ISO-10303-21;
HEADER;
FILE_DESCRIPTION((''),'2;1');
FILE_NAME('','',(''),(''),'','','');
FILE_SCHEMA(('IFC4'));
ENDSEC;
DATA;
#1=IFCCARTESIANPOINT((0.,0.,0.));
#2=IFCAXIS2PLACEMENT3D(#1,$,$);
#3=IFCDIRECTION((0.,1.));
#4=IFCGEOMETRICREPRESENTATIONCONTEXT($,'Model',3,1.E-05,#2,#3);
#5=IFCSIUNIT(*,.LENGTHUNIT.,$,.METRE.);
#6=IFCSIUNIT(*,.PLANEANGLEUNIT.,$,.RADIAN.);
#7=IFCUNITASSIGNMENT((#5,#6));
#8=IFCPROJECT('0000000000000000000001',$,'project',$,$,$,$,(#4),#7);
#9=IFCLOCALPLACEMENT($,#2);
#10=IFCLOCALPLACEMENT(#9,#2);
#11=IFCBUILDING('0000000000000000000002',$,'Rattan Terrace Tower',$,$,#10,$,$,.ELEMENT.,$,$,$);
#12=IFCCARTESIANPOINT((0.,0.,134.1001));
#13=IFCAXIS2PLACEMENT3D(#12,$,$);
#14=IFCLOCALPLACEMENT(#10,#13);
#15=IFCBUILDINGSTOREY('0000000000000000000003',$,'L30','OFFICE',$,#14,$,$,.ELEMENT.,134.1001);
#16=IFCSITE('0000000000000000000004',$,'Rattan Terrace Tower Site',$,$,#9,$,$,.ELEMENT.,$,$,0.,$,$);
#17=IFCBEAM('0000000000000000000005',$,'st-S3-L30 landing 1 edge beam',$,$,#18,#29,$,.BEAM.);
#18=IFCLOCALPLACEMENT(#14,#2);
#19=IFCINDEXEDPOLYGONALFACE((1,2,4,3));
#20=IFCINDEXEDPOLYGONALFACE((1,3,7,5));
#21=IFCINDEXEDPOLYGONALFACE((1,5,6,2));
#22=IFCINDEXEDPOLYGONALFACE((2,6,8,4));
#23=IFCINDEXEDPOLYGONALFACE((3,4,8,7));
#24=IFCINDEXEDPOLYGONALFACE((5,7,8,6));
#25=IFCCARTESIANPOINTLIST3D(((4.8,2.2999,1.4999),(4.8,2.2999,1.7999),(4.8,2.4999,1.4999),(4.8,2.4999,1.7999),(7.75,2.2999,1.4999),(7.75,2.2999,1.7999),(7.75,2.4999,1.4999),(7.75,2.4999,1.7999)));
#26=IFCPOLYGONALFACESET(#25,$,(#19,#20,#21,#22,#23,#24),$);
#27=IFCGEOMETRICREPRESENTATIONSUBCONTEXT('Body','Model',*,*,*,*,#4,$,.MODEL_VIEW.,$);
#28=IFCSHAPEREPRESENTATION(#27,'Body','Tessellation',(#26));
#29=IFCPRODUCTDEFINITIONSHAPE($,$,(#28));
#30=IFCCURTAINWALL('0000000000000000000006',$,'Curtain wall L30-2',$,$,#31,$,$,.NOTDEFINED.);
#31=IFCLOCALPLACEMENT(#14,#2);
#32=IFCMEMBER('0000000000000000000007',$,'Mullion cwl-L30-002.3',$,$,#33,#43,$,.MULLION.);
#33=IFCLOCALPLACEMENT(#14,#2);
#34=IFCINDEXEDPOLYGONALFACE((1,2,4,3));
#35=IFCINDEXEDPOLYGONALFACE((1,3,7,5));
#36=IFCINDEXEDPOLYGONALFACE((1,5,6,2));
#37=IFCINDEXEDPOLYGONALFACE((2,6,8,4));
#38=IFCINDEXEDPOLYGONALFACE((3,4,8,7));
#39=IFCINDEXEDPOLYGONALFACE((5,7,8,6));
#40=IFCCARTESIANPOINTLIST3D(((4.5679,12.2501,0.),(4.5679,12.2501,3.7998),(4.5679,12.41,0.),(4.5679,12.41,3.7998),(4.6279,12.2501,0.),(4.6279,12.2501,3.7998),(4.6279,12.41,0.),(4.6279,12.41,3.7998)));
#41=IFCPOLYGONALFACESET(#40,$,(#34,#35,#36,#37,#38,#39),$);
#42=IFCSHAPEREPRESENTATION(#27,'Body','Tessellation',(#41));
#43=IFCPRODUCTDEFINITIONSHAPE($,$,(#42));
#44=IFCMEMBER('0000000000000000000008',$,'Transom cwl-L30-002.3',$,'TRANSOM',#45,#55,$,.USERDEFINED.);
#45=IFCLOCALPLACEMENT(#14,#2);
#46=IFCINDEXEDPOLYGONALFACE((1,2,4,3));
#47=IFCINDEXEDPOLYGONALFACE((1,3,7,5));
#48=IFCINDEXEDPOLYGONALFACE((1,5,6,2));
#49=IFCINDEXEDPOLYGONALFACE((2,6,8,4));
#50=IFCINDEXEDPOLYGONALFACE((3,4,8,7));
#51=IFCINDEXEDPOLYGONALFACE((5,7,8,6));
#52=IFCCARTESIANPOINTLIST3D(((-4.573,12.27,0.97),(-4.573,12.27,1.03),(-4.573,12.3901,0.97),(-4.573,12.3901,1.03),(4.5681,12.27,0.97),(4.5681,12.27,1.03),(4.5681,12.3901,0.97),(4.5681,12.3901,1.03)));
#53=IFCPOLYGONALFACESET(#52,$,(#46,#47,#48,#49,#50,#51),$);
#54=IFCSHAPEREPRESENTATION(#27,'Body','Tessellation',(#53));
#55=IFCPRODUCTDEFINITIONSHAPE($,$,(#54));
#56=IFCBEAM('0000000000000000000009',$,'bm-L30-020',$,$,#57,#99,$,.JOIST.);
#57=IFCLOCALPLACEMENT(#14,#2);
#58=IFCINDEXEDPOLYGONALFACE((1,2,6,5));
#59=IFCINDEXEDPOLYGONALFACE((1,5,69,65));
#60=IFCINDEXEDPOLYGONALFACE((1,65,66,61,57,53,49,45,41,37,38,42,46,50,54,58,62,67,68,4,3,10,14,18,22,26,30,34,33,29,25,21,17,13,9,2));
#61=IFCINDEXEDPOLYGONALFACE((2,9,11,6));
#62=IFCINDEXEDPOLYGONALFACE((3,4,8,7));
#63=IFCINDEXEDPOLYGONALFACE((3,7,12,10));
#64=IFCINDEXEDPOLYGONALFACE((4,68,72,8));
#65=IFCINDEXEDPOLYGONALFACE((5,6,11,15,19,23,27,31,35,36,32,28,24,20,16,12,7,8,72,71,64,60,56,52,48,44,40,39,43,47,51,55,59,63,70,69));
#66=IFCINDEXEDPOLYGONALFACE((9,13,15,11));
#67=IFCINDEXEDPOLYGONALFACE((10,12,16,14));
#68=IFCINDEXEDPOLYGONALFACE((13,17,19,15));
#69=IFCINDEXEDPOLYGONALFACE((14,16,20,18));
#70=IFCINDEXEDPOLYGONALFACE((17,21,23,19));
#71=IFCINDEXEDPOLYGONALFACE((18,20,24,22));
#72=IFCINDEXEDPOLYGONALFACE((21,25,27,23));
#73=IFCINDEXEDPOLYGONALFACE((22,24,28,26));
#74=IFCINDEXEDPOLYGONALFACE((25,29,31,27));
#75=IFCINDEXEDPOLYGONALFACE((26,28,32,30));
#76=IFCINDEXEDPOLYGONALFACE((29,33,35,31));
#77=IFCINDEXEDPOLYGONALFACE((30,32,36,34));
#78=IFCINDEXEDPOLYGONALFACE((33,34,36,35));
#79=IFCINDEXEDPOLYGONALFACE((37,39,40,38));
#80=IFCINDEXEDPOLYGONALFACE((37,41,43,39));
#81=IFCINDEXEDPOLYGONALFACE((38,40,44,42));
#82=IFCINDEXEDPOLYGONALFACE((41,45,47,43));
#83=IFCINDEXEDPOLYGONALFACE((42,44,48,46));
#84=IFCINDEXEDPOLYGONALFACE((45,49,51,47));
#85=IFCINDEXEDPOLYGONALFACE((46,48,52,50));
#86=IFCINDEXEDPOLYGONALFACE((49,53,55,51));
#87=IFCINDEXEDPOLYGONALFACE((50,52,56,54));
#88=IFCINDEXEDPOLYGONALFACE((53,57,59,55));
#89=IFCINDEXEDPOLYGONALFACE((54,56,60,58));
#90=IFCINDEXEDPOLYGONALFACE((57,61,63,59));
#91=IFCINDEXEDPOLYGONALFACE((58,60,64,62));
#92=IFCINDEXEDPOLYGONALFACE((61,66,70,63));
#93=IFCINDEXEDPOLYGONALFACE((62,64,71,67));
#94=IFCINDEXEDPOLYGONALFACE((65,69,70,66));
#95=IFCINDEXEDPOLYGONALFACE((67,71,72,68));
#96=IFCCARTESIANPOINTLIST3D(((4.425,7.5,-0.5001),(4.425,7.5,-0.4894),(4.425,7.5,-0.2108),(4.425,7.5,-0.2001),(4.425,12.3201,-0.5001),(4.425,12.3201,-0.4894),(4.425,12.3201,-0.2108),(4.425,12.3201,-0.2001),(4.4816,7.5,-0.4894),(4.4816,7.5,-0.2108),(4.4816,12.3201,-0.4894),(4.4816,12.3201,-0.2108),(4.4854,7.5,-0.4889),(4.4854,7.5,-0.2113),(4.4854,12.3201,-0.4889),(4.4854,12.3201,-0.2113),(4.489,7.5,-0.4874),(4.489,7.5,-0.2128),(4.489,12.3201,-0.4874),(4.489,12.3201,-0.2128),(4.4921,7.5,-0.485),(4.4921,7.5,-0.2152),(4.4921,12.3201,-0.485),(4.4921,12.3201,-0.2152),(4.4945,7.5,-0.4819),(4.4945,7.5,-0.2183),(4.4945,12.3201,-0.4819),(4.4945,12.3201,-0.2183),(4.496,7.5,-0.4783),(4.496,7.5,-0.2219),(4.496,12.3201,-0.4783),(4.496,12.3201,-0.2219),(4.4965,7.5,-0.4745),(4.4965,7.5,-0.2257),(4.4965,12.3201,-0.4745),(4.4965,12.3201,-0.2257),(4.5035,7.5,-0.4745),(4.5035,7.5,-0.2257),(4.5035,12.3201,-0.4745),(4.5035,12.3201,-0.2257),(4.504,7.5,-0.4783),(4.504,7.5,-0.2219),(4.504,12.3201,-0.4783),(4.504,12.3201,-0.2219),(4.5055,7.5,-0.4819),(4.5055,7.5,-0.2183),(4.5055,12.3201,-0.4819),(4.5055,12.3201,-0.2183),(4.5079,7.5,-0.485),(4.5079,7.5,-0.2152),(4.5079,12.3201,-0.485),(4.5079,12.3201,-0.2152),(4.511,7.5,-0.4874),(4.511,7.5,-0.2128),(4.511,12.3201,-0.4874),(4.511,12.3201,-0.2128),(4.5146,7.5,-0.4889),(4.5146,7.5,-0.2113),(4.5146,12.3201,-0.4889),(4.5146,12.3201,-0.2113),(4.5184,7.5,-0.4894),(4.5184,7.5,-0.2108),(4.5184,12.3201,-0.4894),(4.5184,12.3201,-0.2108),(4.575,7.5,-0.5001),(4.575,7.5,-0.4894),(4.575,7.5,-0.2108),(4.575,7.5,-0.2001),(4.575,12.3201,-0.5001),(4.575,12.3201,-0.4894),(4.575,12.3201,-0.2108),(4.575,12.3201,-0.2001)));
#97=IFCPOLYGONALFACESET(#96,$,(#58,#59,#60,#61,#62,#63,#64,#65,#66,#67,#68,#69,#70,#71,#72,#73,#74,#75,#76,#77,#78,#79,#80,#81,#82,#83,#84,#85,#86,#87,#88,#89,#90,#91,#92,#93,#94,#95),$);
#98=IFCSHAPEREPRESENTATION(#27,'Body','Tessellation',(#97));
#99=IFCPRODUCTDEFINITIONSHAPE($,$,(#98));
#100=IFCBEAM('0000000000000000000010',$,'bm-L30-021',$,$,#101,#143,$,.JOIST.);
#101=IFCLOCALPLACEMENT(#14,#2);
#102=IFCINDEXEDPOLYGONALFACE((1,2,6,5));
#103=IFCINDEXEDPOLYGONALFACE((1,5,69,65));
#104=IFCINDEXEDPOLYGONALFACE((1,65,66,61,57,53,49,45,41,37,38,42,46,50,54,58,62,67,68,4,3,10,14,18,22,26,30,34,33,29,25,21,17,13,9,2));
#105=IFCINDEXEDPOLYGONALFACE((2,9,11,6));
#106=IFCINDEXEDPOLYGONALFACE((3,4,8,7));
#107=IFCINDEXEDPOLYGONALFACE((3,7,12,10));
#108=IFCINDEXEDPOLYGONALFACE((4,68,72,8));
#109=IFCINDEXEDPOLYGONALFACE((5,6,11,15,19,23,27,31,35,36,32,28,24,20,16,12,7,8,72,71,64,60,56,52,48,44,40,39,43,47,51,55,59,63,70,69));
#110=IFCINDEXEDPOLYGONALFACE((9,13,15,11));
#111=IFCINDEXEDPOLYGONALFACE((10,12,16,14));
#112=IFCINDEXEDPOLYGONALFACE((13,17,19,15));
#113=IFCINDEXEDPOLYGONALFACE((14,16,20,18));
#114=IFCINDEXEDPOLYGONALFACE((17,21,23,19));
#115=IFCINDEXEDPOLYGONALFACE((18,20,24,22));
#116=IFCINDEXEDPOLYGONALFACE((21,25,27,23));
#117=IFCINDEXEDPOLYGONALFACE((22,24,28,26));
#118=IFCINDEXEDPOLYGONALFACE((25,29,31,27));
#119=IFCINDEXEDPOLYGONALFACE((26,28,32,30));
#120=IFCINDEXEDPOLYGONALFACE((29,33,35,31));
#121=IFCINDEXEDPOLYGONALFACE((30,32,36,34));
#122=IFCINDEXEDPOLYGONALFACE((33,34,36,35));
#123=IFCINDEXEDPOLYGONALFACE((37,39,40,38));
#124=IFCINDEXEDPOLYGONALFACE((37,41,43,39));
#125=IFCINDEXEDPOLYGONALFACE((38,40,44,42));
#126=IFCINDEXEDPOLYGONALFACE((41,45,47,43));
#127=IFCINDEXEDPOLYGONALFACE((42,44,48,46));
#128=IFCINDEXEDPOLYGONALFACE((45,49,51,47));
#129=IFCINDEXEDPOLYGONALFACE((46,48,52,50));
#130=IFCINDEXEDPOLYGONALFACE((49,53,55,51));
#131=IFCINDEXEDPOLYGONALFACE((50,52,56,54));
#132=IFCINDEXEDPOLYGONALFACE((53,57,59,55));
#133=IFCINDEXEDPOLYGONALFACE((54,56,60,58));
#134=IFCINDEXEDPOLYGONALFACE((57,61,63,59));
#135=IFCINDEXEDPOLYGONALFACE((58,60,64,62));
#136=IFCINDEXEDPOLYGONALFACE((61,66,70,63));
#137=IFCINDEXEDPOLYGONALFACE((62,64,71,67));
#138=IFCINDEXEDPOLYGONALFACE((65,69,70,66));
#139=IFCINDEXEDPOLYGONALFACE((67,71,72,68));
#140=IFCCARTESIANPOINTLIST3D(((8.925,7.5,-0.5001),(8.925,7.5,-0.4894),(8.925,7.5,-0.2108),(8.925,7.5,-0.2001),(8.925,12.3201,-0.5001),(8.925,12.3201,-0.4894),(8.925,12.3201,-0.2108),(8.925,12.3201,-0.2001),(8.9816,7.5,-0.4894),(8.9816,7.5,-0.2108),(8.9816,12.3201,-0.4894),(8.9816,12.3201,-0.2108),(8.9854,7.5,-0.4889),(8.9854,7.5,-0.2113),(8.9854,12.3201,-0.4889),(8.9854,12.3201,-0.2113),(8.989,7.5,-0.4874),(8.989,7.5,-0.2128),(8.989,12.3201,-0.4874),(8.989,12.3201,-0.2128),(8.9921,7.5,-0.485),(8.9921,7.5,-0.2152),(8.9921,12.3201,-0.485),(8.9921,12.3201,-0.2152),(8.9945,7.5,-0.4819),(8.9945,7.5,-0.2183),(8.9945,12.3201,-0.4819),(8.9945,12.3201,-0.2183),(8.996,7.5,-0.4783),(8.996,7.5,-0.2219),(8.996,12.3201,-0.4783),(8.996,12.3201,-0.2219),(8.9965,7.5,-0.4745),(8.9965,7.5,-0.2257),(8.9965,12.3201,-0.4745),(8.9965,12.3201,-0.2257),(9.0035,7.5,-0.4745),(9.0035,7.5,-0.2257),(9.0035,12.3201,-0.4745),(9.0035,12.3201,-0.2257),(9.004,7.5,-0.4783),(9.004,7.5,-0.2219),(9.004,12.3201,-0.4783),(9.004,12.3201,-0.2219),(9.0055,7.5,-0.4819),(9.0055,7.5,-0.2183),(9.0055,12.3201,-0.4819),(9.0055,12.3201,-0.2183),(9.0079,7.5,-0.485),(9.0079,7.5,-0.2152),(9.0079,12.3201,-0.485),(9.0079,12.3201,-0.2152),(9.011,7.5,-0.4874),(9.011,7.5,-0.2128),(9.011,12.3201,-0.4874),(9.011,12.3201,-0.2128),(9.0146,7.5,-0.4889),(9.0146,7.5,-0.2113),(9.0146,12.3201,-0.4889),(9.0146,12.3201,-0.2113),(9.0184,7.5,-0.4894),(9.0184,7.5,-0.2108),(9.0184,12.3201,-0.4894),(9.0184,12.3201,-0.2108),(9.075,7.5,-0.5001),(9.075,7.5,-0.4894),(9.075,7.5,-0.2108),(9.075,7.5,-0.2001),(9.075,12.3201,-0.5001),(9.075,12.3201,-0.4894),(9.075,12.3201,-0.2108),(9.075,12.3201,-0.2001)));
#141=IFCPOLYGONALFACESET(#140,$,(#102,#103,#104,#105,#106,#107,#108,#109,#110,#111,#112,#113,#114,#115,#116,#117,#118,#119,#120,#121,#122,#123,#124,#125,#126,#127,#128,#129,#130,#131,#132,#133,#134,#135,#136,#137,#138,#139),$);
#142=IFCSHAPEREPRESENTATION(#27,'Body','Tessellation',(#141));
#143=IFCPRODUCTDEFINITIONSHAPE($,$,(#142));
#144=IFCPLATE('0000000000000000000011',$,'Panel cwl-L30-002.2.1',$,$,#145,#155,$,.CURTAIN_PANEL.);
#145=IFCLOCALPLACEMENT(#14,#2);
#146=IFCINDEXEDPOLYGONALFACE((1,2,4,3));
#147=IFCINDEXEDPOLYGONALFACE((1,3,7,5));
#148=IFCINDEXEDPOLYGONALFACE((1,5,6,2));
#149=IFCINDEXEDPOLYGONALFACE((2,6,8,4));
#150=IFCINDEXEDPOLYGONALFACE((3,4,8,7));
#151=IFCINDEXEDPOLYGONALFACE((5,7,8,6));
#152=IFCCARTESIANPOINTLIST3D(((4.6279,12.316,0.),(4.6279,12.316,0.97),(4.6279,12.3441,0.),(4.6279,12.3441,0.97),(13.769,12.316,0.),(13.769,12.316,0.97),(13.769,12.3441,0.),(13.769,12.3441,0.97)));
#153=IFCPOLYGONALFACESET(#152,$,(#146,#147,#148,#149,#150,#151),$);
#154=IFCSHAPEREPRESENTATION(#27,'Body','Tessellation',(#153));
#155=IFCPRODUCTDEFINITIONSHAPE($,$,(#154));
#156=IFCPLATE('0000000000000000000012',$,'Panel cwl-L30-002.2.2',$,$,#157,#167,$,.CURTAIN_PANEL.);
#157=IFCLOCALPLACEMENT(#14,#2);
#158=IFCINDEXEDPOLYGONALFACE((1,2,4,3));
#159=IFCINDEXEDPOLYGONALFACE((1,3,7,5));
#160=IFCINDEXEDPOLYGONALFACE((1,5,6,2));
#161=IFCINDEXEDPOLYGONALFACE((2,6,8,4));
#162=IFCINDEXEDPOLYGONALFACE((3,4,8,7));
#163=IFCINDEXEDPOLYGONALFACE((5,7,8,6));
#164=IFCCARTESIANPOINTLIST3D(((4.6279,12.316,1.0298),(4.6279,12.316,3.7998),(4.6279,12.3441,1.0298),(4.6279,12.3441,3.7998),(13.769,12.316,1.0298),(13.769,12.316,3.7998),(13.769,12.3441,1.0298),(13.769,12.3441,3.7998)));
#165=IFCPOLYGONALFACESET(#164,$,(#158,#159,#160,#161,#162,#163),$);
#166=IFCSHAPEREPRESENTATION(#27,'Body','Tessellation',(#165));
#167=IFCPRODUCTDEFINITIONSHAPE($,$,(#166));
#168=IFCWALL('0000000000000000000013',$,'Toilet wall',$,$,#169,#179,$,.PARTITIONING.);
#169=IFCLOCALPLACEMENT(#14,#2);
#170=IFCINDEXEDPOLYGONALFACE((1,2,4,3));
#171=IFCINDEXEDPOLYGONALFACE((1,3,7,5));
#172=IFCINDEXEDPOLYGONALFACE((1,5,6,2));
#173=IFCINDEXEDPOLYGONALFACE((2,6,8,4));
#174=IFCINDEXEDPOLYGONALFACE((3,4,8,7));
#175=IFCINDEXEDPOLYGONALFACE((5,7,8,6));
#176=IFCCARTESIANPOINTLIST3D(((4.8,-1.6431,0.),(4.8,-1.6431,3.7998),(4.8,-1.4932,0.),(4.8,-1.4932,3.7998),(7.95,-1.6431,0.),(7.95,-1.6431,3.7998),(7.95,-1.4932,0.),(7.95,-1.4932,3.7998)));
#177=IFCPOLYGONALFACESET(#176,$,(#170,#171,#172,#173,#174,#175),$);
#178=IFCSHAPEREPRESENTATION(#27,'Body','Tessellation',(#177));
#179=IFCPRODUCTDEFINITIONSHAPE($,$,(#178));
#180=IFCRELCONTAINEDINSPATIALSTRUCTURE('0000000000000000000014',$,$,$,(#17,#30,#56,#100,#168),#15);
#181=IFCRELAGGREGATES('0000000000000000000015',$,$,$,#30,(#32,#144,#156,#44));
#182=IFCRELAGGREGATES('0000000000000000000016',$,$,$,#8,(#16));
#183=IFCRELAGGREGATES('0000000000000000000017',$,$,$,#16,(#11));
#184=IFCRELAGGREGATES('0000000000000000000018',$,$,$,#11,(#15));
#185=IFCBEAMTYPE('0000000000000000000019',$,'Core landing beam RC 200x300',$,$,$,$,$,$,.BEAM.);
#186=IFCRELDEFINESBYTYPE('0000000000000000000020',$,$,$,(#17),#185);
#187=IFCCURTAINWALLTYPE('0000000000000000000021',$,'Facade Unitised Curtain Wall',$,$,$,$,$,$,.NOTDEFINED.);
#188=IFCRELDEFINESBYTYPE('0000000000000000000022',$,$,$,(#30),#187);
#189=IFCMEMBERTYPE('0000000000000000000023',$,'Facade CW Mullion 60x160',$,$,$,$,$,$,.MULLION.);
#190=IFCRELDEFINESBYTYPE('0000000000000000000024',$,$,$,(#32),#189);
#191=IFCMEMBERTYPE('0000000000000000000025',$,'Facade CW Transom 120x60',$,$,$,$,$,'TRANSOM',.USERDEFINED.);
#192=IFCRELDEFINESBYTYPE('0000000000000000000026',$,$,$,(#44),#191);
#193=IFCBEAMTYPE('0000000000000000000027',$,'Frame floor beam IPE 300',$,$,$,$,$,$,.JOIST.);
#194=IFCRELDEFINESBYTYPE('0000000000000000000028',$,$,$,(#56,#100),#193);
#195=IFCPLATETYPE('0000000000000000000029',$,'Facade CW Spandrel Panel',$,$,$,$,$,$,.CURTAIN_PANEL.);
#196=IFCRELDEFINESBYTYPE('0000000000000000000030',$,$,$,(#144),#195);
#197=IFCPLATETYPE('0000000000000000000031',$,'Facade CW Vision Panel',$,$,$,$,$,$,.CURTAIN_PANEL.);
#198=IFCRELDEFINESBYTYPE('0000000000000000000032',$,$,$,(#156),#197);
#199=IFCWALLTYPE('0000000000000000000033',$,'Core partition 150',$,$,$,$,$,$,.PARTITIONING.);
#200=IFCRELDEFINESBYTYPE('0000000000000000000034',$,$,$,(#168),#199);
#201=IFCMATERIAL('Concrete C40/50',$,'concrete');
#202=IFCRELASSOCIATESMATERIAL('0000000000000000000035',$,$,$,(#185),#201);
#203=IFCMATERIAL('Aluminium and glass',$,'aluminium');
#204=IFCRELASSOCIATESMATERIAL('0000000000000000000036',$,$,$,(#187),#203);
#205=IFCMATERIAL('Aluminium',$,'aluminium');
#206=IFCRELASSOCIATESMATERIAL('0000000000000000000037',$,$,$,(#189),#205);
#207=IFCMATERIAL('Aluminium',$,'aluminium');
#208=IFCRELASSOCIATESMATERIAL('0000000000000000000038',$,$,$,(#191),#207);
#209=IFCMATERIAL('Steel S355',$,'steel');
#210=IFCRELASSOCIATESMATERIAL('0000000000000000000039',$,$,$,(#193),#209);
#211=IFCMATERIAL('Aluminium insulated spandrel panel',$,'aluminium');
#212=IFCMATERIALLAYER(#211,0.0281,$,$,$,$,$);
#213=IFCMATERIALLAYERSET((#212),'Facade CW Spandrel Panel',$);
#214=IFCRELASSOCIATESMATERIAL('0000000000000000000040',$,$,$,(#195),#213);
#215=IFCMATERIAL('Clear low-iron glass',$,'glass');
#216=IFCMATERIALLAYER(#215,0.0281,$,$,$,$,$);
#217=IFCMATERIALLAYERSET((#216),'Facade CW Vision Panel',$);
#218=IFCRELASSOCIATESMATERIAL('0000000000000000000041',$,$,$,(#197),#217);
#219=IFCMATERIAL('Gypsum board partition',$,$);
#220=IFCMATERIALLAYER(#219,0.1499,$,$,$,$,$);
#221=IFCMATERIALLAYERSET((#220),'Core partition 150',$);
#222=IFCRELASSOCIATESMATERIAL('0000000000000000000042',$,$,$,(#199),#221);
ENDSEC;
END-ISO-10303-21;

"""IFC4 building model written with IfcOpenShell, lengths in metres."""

from ifc_helpers import new_model, si_unit, direction, frame, frame_2d, origin, origin_2d, place, context, subcontext, project, spatial, rectangle, i_section, extrude, material, layer, layer_set, material_profile, profile_set, type_object, element, aggregate, save


model = new_model("IFC4")

# Units and contexts
model_context = context("Model", 3, precision=1e-05, world=origin(), true_north=direction((0.0, 1.0)))
body_context = subcontext(model_context, "Body", "Model", "MODEL_VIEW")
ifc_project = project(units=[si_unit("LENGTHUNIT", "METRE"), si_unit("PLANEANGLEUNIT", "RADIAN")], contexts=[model_context])

# Site, building, storey
site_placement = place(None, origin())
site = spatial("IfcSite", under=ifc_project, at=site_placement, Name="Rattan Terrace Tower Site", CompositionType="ELEMENT", RefElevation=0.0)
building_placement = place(site_placement, origin())
building = spatial("IfcBuilding", under=site, at=building_placement, Name="Rattan Terrace Tower", CompositionType="ELEMENT")
storey_placement = place(building_placement, frame((0.0, 0.0, 134.1001)))
storey = spatial("IfcBuildingStorey", under=building, at=storey_placement, Name="L30", Description="OFFICE", CompositionType="ELEMENT", Elevation=134.1001)

# Beam
ifc_material_1 = material(Name="Concrete C40/50", Category="concrete")
ifc_material_profile_1 = material_profile(ifc_material_1, rectangle(XDim=0.2, YDim=0.3, at=origin_2d()), Name="RC 200x300")
ifc_profile_set_1 = profile_set([ifc_material_profile_1], Name="Concrete C40/50")
beam_type_1 = type_object("IfcBeamType", Name="Core landing beam RC 200x300", PredefinedType="BEAM", material=ifc_profile_set_1)
beam_placement = place(storey_placement, frame((4.8, 2.3999, 1.6499), z_axis=(1.0, 0.0, 0.0), x_axis=(0.0, 1.0, 0.0)))
element("IfcBeam", 1, at=beam_placement, inside=storey, type_object=beam_type_1, Name="st-S3-L30 landing 1 edge beam", PredefinedType="BEAM", context=body_context, shape_type="SweptSolid", body=[
    extrude(rectangle(XDim=0.2, YDim=0.3, at=origin_2d()), origin(), (0.0, 0.0, 1.0), 2.95),
])

# Curtain wall, members
ifc_material_2 = material(Name="Aluminium and glass", Category="aluminium")
curtain_wall_type = type_object("IfcCurtainWallType", Name="Facade Unitised Curtain Wall", PredefinedType="NOTDEFINED", material=ifc_material_2)
curtain_wall_placement = place(storey_placement, origin())
curtain_wall = element("IfcCurtainWall", 2, at=curtain_wall_placement, inside=storey, type_object=curtain_wall_type, Name="Curtain wall L30-2", PredefinedType="NOTDEFINED")
ifc_material_3 = material(Name="Aluminium", Category="aluminium")
ifc_material_profile_2 = material_profile(ifc_material_3, rectangle(XDim=0.0601, YDim=0.1599, at=origin_2d()), Name="Aluminium 60x160")
ifc_profile_set_2 = profile_set([ifc_material_profile_2], Name="Aluminium")
member_type_1 = type_object("IfcMemberType", Name="Facade CW Mullion 60x160", PredefinedType="MULLION", material=ifc_profile_set_2)
member_1_placement = place(storey_placement, frame((4.5979, 12.3301, 0.0), z_axis=(0.0, 0.0, 1.0), x_axis=(-1.0, 0.0, 0.0)))
member_1 = element("IfcMember", 3, at=member_1_placement, type_object=member_type_1, Name="Mullion cwl-L30-002.3", PredefinedType="MULLION", context=body_context, shape_type="SweptSolid", body=[
    extrude(rectangle(XDim=0.0601, YDim=0.1599, at=origin_2d()), origin(), (0.0, 0.0, 1.0), 3.7998),
])
ifc_material_4 = material(Name="Aluminium", Category="aluminium")
ifc_material_profile_3 = material_profile(ifc_material_4, rectangle(XDim=0.1201, YDim=0.0601, at=origin_2d()), Name="Aluminium 120x60")
ifc_profile_set_3 = profile_set([ifc_material_profile_3], Name="Aluminium")
member_type_2 = type_object("IfcMemberType", Name="Facade CW Transom 120x60", ElementType="TRANSOM", PredefinedType="USERDEFINED", material=ifc_profile_set_3)
member_2_placement = place(storey_placement, frame((4.5681, 12.3301, 1.0), z_axis=(-1.0, 0.0, 0.0), x_axis=(0.0, -1.0, 0.0)))
member_2 = element("IfcMember", 4, at=member_2_placement, type_object=member_type_2, Name="Transom cwl-L30-002.3", ObjectType="TRANSOM", PredefinedType="USERDEFINED", context=body_context, shape_type="SweptSolid", body=[
    extrude(rectangle(XDim=0.1201, YDim=0.0601, at=origin_2d()), origin(), (0.0, 0.0, 1.0), 9.1411),
])

# Beams
ifc_material_5 = material(Name="Steel S355", Category="steel")
ifc_material_profile_4 = material_profile(ifc_material_5, i_section(OverallWidth=0.1499, OverallDepth=0.3, WebThickness=0.0071, FlangeThickness=0.0107, FilletRadius=0.0149, at=origin_2d()), Name="IPE 300")
ifc_profile_set_4 = profile_set([ifc_material_profile_4], Name="Steel S355")
beam_type_2 = type_object("IfcBeamType", Name="Frame floor beam IPE 300", PredefinedType="JOIST", material=ifc_profile_set_4)
for number, where, z_axis, x_axis, name in (
    (5, (4.5, 7.5, -0.3501), (0.0, 1.0, 0.0), (-1.0, 0.0, 0.0), "bm-L30-020"),
    (6, (9.0, 7.5, -0.3501), (0.0, 1.0, 0.0), (-1.0, 0.0, 0.0), "bm-L30-021"),
):
    element("IfcBeam", number, at=place(storey_placement, frame(where, z_axis=z_axis, x_axis=x_axis)), inside=storey, type_object=beam_type_2, Name=name, PredefinedType="JOIST", context=body_context, shape_type="SweptSolid", body=[
        extrude(i_section(OverallWidth=0.1499, OverallDepth=0.3, WebThickness=0.0071, FlangeThickness=0.0107, FilletRadius=0.0149, at=origin_2d()), origin(), (0.0, 0.0, 1.0), 4.8201),
    ])

# Plates
ifc_material_6 = material(Name="Aluminium insulated spandrel panel", Category="aluminium")
ifc_layer_1 = layer(ifc_material_6, 0.0281)
ifc_layer_set_1 = layer_set([ifc_layer_1], Name="Facade CW Spandrel Panel")
plate_type_1 = type_object("IfcPlateType", Name="Facade CW Spandrel Panel", PredefinedType="CURTAIN_PANEL", material=ifc_layer_set_1)
plate_1_placement = place(storey_placement, frame((9.1985, 12.3301, 0.0), z_axis=(0.0, 0.0, 1.0), x_axis=(-1.0, 0.0, 0.0)))
plate_1 = element("IfcPlate", 7, at=plate_1_placement, type_object=plate_type_1, Name="Panel cwl-L30-002.2.1", PredefinedType="CURTAIN_PANEL", context=body_context, shape_type="SweptSolid", body=[
    extrude(rectangle(XDim=9.1411, YDim=0.0281, at=origin_2d()), origin(), (0.0, 0.0, 1.0), 0.97),
])
ifc_material_7 = material(Name="Clear low-iron glass", Category="glass")
ifc_layer_2 = layer(ifc_material_7, 0.0281)
ifc_layer_set_2 = layer_set([ifc_layer_2], Name="Facade CW Vision Panel")
plate_type_2 = type_object("IfcPlateType", Name="Facade CW Vision Panel", PredefinedType="CURTAIN_PANEL", material=ifc_layer_set_2)
plate_2_placement = place(storey_placement, frame((9.1985, 12.3301, 1.0298), z_axis=(0.0, 0.0, 1.0), x_axis=(-1.0, 0.0, 0.0)))
plate_2 = element("IfcPlate", 8, at=plate_2_placement, type_object=plate_type_2, Name="Panel cwl-L30-002.2.2", PredefinedType="CURTAIN_PANEL", context=body_context, shape_type="SweptSolid", body=[
    extrude(rectangle(XDim=9.1411, YDim=0.0281, at=origin_2d()), origin(), (0.0, 0.0, 1.0), 2.77),
])
aggregate(curtain_wall, [member_1, plate_1, plate_2, member_2])

# Wall
ifc_material_8 = material(Name="Gypsum board partition")
ifc_layer_3 = layer(ifc_material_8, 0.1499)
ifc_layer_set_3 = layer_set([ifc_layer_3], Name="Core partition 150")
wall_type_1 = type_object("IfcWallType", Name="Core partition 150", PredefinedType="PARTITIONING", material=ifc_layer_set_3)
wall_1_placement = place(storey_placement, frame((4.8, -1.5681, 0.0), z_axis=(0.0, 0.0, 1.0), x_axis=(1.0, 0.0, 0.0)))
element("IfcWall", 9, at=wall_1_placement, inside=storey, type_object=wall_type_1, Name="Toilet wall", PredefinedType="PARTITIONING", context=body_context, shape_type="SweptSolid", body=[
    extrude(rectangle(XDim=3.1499, YDim=0.1499, at=frame_2d((1.575, 0.0))), origin(), (0.0, 0.0, 1.0), 3.7998),
])

save(model, "model.ifc")
